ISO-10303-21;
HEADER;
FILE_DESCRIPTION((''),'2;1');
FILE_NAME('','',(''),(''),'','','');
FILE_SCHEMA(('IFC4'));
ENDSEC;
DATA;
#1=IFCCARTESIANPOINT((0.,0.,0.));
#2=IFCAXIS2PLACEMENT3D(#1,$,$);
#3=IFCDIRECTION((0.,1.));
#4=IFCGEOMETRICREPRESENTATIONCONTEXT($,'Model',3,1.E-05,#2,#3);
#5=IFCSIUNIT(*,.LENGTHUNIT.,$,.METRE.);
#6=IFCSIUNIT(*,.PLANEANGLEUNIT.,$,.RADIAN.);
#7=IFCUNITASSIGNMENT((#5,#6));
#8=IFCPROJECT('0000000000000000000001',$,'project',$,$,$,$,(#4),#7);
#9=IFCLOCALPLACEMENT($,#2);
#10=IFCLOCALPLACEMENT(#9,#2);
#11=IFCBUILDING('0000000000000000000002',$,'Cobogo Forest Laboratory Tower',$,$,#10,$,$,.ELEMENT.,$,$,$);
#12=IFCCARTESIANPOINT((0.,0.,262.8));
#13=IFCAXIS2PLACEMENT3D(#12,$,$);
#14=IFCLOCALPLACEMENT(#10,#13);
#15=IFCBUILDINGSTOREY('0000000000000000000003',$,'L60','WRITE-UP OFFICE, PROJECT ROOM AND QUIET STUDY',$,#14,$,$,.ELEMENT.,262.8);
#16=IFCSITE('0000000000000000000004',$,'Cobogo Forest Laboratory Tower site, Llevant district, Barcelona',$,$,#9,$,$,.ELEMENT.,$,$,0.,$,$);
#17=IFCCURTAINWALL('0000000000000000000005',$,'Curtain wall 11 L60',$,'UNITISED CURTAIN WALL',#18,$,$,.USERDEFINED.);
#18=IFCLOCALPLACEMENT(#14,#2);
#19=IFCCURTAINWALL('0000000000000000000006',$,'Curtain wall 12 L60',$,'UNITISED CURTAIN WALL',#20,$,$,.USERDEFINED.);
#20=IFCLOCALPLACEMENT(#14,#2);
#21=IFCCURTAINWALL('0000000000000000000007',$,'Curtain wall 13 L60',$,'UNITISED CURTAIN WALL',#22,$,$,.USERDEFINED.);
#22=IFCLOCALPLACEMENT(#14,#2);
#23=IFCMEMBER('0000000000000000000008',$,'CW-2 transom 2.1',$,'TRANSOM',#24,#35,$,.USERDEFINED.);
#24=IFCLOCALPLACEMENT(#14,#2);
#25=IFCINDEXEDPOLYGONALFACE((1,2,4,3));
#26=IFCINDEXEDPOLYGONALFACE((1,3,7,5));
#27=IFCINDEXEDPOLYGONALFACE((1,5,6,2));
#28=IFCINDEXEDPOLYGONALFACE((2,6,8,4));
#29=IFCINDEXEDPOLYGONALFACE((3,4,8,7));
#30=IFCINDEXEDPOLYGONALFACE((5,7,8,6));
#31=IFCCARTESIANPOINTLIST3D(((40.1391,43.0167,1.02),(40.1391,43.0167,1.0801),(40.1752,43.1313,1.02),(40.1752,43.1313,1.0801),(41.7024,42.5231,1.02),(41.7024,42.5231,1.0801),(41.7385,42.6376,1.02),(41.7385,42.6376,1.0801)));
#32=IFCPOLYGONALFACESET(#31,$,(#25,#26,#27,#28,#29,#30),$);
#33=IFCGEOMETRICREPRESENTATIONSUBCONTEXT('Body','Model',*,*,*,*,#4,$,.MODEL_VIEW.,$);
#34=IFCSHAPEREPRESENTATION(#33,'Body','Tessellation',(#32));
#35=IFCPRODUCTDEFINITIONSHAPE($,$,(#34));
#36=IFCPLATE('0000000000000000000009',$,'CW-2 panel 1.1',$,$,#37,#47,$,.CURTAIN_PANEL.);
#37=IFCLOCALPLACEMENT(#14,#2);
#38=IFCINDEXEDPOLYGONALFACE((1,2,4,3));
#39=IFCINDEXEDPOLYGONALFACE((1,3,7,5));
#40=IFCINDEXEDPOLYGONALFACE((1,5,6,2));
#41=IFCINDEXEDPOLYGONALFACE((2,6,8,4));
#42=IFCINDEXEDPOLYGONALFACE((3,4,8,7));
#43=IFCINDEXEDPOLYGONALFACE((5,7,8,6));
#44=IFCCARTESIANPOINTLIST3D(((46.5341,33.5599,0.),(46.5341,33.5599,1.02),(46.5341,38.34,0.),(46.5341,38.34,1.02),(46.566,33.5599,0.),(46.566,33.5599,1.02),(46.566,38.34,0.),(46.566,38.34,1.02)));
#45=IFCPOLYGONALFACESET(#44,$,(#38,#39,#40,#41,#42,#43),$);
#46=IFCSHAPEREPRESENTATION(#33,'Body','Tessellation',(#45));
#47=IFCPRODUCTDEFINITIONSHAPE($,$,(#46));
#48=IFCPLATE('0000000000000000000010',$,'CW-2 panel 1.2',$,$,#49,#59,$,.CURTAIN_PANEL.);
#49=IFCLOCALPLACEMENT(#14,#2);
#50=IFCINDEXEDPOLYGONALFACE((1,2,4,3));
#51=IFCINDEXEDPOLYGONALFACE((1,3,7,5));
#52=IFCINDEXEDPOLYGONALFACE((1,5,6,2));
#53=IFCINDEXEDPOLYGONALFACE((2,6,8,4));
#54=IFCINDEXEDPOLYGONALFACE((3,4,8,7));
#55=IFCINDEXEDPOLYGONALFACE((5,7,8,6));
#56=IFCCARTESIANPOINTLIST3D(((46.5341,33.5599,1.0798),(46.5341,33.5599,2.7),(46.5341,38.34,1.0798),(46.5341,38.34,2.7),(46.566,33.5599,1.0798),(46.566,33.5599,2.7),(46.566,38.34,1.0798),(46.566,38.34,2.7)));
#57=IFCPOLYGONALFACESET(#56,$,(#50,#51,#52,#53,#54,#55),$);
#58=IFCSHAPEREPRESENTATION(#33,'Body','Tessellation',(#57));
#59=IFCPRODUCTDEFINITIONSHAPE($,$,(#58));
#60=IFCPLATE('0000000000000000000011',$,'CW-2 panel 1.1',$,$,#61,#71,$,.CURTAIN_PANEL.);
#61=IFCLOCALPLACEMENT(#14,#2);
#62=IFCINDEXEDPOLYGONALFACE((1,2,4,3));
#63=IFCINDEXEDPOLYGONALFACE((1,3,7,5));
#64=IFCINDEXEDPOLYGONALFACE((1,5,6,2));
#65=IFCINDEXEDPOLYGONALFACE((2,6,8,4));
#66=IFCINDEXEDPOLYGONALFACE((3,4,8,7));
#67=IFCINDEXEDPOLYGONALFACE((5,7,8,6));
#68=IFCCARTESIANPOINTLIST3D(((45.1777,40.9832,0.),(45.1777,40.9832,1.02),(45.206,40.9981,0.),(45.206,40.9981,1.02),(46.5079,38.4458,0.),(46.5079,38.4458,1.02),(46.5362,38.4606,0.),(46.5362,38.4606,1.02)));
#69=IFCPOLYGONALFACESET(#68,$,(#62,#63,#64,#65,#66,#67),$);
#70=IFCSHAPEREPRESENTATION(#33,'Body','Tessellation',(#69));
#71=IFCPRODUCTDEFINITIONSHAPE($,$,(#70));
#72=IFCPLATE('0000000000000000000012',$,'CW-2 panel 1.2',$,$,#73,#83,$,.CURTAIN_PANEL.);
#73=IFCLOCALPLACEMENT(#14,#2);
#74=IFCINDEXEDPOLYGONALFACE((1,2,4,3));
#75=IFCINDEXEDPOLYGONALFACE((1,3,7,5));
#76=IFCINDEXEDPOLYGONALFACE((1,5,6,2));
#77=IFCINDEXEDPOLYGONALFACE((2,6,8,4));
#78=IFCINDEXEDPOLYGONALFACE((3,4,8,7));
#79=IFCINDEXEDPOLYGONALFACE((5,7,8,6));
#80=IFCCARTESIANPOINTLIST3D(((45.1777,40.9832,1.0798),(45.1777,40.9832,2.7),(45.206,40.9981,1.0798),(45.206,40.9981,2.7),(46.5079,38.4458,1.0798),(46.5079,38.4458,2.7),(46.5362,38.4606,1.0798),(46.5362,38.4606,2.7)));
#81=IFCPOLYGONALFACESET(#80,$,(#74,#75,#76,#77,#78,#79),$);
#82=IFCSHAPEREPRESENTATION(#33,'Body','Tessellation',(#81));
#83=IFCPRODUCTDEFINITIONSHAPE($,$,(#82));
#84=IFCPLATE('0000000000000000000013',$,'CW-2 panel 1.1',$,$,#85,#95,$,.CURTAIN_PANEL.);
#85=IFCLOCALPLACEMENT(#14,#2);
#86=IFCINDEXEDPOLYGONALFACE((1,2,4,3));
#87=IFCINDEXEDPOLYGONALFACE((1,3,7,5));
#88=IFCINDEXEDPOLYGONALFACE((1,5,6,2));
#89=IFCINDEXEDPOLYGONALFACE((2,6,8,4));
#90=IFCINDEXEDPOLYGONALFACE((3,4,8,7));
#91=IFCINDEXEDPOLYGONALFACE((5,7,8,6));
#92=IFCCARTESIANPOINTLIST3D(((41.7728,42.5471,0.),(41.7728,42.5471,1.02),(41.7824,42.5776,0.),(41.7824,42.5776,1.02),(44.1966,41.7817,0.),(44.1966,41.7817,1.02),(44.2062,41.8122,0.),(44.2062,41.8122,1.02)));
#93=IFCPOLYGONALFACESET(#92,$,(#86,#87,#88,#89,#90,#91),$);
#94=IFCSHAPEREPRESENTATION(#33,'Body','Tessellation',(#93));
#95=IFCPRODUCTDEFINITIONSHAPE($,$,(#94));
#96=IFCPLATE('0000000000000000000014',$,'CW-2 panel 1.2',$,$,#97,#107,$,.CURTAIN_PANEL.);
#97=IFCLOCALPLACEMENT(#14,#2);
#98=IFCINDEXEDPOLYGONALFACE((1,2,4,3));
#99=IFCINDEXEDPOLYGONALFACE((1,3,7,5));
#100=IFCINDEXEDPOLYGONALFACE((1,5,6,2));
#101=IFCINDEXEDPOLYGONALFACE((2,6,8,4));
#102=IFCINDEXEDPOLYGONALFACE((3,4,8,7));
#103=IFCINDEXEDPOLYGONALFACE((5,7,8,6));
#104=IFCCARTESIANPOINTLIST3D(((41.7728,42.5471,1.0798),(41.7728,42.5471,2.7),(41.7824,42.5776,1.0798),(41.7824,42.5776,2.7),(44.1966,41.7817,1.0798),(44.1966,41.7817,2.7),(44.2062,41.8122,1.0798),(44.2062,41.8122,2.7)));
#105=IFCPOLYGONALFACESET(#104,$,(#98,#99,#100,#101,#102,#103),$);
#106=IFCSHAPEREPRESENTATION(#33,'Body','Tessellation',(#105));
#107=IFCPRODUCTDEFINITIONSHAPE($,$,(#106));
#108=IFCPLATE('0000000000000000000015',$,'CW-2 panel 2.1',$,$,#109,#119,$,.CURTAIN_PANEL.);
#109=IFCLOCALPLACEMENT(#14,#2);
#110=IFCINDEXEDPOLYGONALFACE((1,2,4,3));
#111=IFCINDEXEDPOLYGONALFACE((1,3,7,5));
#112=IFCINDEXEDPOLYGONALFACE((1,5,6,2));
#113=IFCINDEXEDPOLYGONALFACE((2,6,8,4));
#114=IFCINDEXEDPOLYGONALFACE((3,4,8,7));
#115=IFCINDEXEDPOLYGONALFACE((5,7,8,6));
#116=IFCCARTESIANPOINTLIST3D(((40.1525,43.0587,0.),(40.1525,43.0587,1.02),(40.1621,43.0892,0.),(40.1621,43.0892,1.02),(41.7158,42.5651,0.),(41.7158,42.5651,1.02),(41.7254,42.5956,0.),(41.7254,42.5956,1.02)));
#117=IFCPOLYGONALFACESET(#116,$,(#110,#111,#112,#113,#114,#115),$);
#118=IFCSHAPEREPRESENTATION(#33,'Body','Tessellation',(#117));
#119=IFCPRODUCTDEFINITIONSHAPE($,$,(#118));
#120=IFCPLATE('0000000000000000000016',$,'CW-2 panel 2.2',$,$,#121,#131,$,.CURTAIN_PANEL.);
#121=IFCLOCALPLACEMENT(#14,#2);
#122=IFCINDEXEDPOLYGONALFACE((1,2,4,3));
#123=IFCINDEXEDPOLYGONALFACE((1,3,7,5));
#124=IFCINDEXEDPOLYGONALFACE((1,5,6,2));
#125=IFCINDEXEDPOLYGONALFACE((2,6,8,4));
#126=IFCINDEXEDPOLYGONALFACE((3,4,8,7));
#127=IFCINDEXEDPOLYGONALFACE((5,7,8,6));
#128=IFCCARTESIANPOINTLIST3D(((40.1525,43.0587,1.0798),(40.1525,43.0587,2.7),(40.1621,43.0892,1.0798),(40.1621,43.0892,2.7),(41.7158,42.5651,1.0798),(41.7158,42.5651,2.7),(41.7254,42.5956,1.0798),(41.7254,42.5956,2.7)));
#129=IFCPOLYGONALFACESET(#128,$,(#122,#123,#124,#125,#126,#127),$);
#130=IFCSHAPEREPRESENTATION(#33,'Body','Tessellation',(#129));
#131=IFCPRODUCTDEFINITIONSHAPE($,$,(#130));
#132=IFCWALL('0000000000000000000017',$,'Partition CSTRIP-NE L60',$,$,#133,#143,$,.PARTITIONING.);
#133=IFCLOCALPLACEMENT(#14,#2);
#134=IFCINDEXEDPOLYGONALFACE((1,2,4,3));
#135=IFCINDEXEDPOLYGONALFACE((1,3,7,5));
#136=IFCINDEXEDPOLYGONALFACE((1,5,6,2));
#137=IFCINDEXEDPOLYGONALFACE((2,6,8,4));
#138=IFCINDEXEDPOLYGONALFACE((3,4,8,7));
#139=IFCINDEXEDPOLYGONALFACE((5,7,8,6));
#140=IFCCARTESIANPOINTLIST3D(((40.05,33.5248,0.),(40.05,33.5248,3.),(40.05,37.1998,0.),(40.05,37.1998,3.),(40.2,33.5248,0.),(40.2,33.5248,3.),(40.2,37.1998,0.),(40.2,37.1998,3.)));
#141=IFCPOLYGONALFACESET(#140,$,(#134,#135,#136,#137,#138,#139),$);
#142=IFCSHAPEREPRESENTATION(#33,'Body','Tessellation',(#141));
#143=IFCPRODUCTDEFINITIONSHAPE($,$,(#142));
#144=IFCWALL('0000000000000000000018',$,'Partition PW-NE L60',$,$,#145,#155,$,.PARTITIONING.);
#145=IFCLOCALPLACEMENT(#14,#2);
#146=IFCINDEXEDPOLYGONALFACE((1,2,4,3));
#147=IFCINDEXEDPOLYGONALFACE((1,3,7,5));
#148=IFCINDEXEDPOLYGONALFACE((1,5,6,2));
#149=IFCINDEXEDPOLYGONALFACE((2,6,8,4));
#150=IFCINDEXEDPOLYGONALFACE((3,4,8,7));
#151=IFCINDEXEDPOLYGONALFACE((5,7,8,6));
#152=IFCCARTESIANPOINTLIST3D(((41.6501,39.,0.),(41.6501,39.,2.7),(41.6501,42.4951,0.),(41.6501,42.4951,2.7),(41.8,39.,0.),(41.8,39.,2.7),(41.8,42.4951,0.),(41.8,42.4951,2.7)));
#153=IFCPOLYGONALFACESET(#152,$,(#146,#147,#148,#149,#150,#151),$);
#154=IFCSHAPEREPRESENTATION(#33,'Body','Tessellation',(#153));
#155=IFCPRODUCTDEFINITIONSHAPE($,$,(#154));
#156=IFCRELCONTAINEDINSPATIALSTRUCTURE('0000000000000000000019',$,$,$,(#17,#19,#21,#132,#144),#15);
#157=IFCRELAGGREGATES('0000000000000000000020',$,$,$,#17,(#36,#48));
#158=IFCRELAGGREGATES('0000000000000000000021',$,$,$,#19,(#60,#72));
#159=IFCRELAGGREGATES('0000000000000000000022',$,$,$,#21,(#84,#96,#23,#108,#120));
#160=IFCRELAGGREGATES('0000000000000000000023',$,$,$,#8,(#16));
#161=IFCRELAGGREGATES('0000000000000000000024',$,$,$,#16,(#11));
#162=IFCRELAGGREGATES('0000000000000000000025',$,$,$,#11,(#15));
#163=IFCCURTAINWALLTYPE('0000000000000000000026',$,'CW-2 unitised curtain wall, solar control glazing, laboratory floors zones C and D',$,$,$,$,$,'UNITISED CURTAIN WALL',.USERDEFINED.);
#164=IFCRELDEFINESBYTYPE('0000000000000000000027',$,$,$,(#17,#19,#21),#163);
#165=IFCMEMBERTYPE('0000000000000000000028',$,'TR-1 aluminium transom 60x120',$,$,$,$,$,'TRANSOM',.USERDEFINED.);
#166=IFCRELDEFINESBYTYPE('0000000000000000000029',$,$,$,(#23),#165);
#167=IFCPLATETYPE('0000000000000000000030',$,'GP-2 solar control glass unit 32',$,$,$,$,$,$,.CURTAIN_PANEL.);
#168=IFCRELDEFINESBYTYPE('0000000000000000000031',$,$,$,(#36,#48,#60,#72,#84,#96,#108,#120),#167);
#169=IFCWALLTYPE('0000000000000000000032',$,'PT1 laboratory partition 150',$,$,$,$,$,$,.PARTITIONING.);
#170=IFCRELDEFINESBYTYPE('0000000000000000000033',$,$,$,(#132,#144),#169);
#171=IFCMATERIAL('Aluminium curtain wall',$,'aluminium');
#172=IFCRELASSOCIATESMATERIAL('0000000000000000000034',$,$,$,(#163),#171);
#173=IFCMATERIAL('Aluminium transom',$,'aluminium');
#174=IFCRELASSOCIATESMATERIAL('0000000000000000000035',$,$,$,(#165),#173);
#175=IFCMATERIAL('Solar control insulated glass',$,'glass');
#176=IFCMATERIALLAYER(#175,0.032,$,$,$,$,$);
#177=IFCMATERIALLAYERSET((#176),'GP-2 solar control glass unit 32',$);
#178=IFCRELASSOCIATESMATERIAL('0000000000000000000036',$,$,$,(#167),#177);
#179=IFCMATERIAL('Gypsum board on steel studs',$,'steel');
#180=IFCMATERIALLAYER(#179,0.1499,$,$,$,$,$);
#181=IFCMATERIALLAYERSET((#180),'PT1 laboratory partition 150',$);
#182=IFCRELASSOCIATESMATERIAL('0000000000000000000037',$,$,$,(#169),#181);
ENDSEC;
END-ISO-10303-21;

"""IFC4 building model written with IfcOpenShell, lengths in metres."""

from ifc_helpers import new_model, si_unit, direction, frame, frame_2d, origin, origin_2d, place, context, subcontext, project, spatial, rectangle, extrude, material, layer, layer_set, material_profile, profile_set, type_object, element, aggregate, save


model = new_model("IFC4")

# Units and contexts
model_context = context("Model", 3, precision=1e-05, world=origin(), true_north=direction((0.0, 1.0)))
body_context = subcontext(model_context, "Body", "Model", "MODEL_VIEW")
ifc_project = project(units=[si_unit("LENGTHUNIT", "METRE"), si_unit("PLANEANGLEUNIT", "RADIAN")], contexts=[model_context])

# Site, building, storey
site_placement = place(None, origin())
site = spatial("IfcSite", under=ifc_project, at=site_placement, Name="Cobogo Forest Laboratory Tower site, Llevant district, Barcelona", CompositionType="ELEMENT", RefElevation=0.0)
building_placement = place(site_placement, origin())
building = spatial("IfcBuilding", under=site, at=building_placement, Name="Cobogo Forest Laboratory Tower", CompositionType="ELEMENT")
storey_placement = place(building_placement, frame((0.0, 0.0, 262.8)))
storey = spatial("IfcBuildingStorey", under=building, at=storey_placement, Name="L60", Description="WRITE-UP OFFICE, PROJECT ROOM AND QUIET STUDY", CompositionType="ELEMENT", Elevation=262.8)

# Curtain walls
ifc_material_1 = material(Name="Aluminium curtain wall", Category="aluminium")
curtain_wall_type = type_object("IfcCurtainWallType", Name="CW-2 unitised curtain wall, solar control glazing, laboratory floors zones C and D", ElementType="UNITISED CURTAIN WALL", PredefinedType="USERDEFINED", material=ifc_material_1)
curtain_wall_1_placement = place(storey_placement, origin())
curtain_wall_1 = element("IfcCurtainWall", 1, at=curtain_wall_1_placement, inside=storey, type_object=curtain_wall_type, Name="Curtain wall 11 L60", ObjectType="UNITISED CURTAIN WALL", PredefinedType="USERDEFINED")
curtain_wall_2_placement = place(storey_placement, origin())
curtain_wall_2 = element("IfcCurtainWall", 2, at=curtain_wall_2_placement, inside=storey, type_object=curtain_wall_type, Name="Curtain wall 12 L60", ObjectType="UNITISED CURTAIN WALL", PredefinedType="USERDEFINED")
curtain_wall_3_placement = place(storey_placement, origin())
curtain_wall_3 = element("IfcCurtainWall", 3, at=curtain_wall_3_placement, inside=storey, type_object=curtain_wall_type, Name="Curtain wall 13 L60", ObjectType="UNITISED CURTAIN WALL", PredefinedType="USERDEFINED")

# Member
ifc_material_2 = material(Name="Aluminium transom", Category="aluminium")
ifc_material_profile_1 = material_profile(ifc_material_2, rectangle(XDim=0.1201, YDim=0.0601, at=origin_2d()), Name="AL 60x120")
ifc_profile_set_1 = profile_set([ifc_material_profile_1], Name="Aluminium transom")
member_type_1 = type_object("IfcMemberType", Name="TR-1 aluminium transom 60x120", ElementType="TRANSOM", PredefinedType="USERDEFINED", material=ifc_profile_set_1)
member_1_placement = place(storey_placement, frame((41.7205, 42.5803, 1.05), z_axis=(-0.953583, 0.301131, 0.0), x_axis=(-0.301131, -0.953583, 0.0)))
member_1 = element("IfcMember", 4, at=member_1_placement, type_object=member_type_1, Name="CW-2 transom 2.1", ObjectType="TRANSOM", PredefinedType="USERDEFINED", context=body_context, shape_type="SweptSolid", body=[
    extrude(rectangle(XDim=0.1201, YDim=0.0601, at=origin_2d()), origin(), (0.0, 0.0, 1.0), 1.6394),
])

# Plates
ifc_material_3 = material(Name="Solar control insulated glass", Category="glass")
ifc_layer_1 = layer(ifc_material_3, 0.032)
ifc_layer_set_1 = layer_set([ifc_layer_1], Name="GP-2 solar control glass unit 32")
plate_type = type_object("IfcPlateType", Name="GP-2 solar control glass unit 32", PredefinedType="CURTAIN_PANEL", material=ifc_layer_set_1)
plate_1_placement = place(storey_placement, frame((46.55, 35.95, 0.0), z_axis=(0.0, 0.0, 1.0), x_axis=(0.0, 1.0, 0.0)))
plate_1 = element("IfcPlate", 5, at=plate_1_placement, type_object=plate_type, Name="CW-2 panel 1.1", PredefinedType="CURTAIN_PANEL", context=body_context, shape_type="SweptSolid", body=[
    extrude(rectangle(XDim=4.78, YDim=0.032, at=origin_2d()), origin(), (0.0, 0.0, 1.0), 1.02),
])
plate_2_placement = place(storey_placement, frame((46.55, 35.95, 1.0798), z_axis=(0.0, 0.0, 1.0), x_axis=(0.0, 1.0, 0.0)))
plate_2 = element("IfcPlate", 6, at=plate_2_placement, type_object=plate_type, Name="CW-2 panel 1.2", PredefinedType="CURTAIN_PANEL", context=body_context, shape_type="SweptSolid", body=[
    extrude(rectangle(XDim=4.78, YDim=0.032, at=origin_2d()), origin(), (0.0, 0.0, 1.0), 1.6201),
])
aggregate(curtain_wall_1, [plate_1, plate_2])
plate_3_placement = place(storey_placement, frame((45.8569, 39.7219, 0.0), z_axis=(0.0, 0.0, 1.0), x_axis=(-0.464284, 0.885686, 0.0)))
plate_3 = element("IfcPlate", 7, at=plate_3_placement, type_object=plate_type, Name="CW-2 panel 1.1", PredefinedType="CURTAIN_PANEL", context=body_context, shape_type="SweptSolid", body=[
    extrude(rectangle(XDim=2.865, YDim=0.032, at=origin_2d()), origin(), (0.0, 0.0, 1.0), 1.02),
])
plate_4_placement = place(storey_placement, frame((45.8569, 39.7219, 1.0798), z_axis=(0.0, 0.0, 1.0), x_axis=(-0.464284, 0.885686, 0.0)))
plate_4 = element("IfcPlate", 8, at=plate_4_placement, type_object=plate_type, Name="CW-2 panel 1.2", PredefinedType="CURTAIN_PANEL", context=body_context, shape_type="SweptSolid", body=[
    extrude(rectangle(XDim=2.865, YDim=0.032, at=origin_2d()), origin(), (0.0, 0.0, 1.0), 1.6201),
])
aggregate(curtain_wall_2, [plate_3, plate_4])
plate_5_placement = place(storey_placement, frame((42.9895, 42.1797, 0.0), z_axis=(0.0, 0.0, 1.0), x_axis=(-0.953581, 0.301135, 0.0)))
plate_5 = element("IfcPlate", 9, at=plate_5_placement, type_object=plate_type, Name="CW-2 panel 1.1", PredefinedType="CURTAIN_PANEL", context=body_context, shape_type="SweptSolid", body=[
    extrude(rectangle(XDim=2.5417, YDim=0.032, at=origin_2d()), origin(), (0.0, 0.0, 1.0), 1.02),
])
plate_6_placement = place(storey_placement, frame((42.9895, 42.1797, 1.0798), z_axis=(0.0, 0.0, 1.0), x_axis=(-0.953581, 0.301135, 0.0)))
plate_6 = element("IfcPlate", 10, at=plate_6_placement, type_object=plate_type, Name="CW-2 panel 1.2", PredefinedType="CURTAIN_PANEL", context=body_context, shape_type="SweptSolid", body=[
    extrude(rectangle(XDim=2.5417, YDim=0.032, at=origin_2d()), origin(), (0.0, 0.0, 1.0), 1.6201),
])
plate_7_placement = place(storey_placement, frame((40.939, 42.8271, 0.0), z_axis=(0.0, 0.0, 1.0), x_axis=(-0.953581, 0.301135, 0.0)))
plate_7 = element("IfcPlate", 11, at=plate_7_placement, type_object=plate_type, Name="CW-2 panel 2.1", PredefinedType="CURTAIN_PANEL", context=body_context, shape_type="SweptSolid", body=[
    extrude(rectangle(XDim=1.6394, YDim=0.032, at=origin_2d()), origin(), (0.0, 0.0, 1.0), 1.02),
])
plate_8_placement = place(storey_placement, frame((40.939, 42.8271, 1.0798), z_axis=(0.0, 0.0, 1.0), x_axis=(-0.953581, 0.301135, 0.0)))
plate_8 = element("IfcPlate", 12, at=plate_8_placement, type_object=plate_type, Name="CW-2 panel 2.2", PredefinedType="CURTAIN_PANEL", context=body_context, shape_type="SweptSolid", body=[
    extrude(rectangle(XDim=1.6394, YDim=0.032, at=origin_2d()), origin(), (0.0, 0.0, 1.0), 1.6201),
])
aggregate(curtain_wall_3, [plate_5, plate_6, member_1, plate_7, plate_8])

# Walls
ifc_material_4 = material(Name="Gypsum board on steel studs", Category="steel")
ifc_layer_2 = layer(ifc_material_4, 0.1499)
ifc_layer_set_2 = layer_set([ifc_layer_2], Name="PT1 laboratory partition 150")
wall_type = type_object("IfcWallType", Name="PT1 laboratory partition 150", PredefinedType="PARTITIONING", material=ifc_layer_set_2)
wall_1_placement = place(storey_placement, frame((40.125, 33.5249, 0.0), z_axis=(0.0, 0.0, 1.0), x_axis=(0.0, 1.0, 0.0)))
element("IfcWall", 13, at=wall_1_placement, inside=storey, type_object=wall_type, Name="Partition CSTRIP-NE L60", PredefinedType="PARTITIONING", context=body_context, shape_type="SweptSolid", body=[
    extrude(rectangle(XDim=3.675, YDim=0.1499, at=frame_2d((1.8374, 0.0))), origin(), (0.0, 0.0, 1.0), 3.0),
])
wall_2_placement = place(storey_placement, frame((41.7251, 42.4951, 0.0), z_axis=(0.0, 0.0, 1.0), x_axis=(0.0, -1.0, 0.0)))
element("IfcWall", 14, at=wall_2_placement, inside=storey, type_object=wall_type, Name="Partition PW-NE L60", PredefinedType="PARTITIONING", context=body_context, shape_type="SweptSolid", body=[
    extrude(rectangle(XDim=3.4951, YDim=0.1499, at=frame_2d((1.7476, 0.0))), origin(), (0.0, 0.0, 1.0), 2.7),
])

save(model, "model.ifc")
